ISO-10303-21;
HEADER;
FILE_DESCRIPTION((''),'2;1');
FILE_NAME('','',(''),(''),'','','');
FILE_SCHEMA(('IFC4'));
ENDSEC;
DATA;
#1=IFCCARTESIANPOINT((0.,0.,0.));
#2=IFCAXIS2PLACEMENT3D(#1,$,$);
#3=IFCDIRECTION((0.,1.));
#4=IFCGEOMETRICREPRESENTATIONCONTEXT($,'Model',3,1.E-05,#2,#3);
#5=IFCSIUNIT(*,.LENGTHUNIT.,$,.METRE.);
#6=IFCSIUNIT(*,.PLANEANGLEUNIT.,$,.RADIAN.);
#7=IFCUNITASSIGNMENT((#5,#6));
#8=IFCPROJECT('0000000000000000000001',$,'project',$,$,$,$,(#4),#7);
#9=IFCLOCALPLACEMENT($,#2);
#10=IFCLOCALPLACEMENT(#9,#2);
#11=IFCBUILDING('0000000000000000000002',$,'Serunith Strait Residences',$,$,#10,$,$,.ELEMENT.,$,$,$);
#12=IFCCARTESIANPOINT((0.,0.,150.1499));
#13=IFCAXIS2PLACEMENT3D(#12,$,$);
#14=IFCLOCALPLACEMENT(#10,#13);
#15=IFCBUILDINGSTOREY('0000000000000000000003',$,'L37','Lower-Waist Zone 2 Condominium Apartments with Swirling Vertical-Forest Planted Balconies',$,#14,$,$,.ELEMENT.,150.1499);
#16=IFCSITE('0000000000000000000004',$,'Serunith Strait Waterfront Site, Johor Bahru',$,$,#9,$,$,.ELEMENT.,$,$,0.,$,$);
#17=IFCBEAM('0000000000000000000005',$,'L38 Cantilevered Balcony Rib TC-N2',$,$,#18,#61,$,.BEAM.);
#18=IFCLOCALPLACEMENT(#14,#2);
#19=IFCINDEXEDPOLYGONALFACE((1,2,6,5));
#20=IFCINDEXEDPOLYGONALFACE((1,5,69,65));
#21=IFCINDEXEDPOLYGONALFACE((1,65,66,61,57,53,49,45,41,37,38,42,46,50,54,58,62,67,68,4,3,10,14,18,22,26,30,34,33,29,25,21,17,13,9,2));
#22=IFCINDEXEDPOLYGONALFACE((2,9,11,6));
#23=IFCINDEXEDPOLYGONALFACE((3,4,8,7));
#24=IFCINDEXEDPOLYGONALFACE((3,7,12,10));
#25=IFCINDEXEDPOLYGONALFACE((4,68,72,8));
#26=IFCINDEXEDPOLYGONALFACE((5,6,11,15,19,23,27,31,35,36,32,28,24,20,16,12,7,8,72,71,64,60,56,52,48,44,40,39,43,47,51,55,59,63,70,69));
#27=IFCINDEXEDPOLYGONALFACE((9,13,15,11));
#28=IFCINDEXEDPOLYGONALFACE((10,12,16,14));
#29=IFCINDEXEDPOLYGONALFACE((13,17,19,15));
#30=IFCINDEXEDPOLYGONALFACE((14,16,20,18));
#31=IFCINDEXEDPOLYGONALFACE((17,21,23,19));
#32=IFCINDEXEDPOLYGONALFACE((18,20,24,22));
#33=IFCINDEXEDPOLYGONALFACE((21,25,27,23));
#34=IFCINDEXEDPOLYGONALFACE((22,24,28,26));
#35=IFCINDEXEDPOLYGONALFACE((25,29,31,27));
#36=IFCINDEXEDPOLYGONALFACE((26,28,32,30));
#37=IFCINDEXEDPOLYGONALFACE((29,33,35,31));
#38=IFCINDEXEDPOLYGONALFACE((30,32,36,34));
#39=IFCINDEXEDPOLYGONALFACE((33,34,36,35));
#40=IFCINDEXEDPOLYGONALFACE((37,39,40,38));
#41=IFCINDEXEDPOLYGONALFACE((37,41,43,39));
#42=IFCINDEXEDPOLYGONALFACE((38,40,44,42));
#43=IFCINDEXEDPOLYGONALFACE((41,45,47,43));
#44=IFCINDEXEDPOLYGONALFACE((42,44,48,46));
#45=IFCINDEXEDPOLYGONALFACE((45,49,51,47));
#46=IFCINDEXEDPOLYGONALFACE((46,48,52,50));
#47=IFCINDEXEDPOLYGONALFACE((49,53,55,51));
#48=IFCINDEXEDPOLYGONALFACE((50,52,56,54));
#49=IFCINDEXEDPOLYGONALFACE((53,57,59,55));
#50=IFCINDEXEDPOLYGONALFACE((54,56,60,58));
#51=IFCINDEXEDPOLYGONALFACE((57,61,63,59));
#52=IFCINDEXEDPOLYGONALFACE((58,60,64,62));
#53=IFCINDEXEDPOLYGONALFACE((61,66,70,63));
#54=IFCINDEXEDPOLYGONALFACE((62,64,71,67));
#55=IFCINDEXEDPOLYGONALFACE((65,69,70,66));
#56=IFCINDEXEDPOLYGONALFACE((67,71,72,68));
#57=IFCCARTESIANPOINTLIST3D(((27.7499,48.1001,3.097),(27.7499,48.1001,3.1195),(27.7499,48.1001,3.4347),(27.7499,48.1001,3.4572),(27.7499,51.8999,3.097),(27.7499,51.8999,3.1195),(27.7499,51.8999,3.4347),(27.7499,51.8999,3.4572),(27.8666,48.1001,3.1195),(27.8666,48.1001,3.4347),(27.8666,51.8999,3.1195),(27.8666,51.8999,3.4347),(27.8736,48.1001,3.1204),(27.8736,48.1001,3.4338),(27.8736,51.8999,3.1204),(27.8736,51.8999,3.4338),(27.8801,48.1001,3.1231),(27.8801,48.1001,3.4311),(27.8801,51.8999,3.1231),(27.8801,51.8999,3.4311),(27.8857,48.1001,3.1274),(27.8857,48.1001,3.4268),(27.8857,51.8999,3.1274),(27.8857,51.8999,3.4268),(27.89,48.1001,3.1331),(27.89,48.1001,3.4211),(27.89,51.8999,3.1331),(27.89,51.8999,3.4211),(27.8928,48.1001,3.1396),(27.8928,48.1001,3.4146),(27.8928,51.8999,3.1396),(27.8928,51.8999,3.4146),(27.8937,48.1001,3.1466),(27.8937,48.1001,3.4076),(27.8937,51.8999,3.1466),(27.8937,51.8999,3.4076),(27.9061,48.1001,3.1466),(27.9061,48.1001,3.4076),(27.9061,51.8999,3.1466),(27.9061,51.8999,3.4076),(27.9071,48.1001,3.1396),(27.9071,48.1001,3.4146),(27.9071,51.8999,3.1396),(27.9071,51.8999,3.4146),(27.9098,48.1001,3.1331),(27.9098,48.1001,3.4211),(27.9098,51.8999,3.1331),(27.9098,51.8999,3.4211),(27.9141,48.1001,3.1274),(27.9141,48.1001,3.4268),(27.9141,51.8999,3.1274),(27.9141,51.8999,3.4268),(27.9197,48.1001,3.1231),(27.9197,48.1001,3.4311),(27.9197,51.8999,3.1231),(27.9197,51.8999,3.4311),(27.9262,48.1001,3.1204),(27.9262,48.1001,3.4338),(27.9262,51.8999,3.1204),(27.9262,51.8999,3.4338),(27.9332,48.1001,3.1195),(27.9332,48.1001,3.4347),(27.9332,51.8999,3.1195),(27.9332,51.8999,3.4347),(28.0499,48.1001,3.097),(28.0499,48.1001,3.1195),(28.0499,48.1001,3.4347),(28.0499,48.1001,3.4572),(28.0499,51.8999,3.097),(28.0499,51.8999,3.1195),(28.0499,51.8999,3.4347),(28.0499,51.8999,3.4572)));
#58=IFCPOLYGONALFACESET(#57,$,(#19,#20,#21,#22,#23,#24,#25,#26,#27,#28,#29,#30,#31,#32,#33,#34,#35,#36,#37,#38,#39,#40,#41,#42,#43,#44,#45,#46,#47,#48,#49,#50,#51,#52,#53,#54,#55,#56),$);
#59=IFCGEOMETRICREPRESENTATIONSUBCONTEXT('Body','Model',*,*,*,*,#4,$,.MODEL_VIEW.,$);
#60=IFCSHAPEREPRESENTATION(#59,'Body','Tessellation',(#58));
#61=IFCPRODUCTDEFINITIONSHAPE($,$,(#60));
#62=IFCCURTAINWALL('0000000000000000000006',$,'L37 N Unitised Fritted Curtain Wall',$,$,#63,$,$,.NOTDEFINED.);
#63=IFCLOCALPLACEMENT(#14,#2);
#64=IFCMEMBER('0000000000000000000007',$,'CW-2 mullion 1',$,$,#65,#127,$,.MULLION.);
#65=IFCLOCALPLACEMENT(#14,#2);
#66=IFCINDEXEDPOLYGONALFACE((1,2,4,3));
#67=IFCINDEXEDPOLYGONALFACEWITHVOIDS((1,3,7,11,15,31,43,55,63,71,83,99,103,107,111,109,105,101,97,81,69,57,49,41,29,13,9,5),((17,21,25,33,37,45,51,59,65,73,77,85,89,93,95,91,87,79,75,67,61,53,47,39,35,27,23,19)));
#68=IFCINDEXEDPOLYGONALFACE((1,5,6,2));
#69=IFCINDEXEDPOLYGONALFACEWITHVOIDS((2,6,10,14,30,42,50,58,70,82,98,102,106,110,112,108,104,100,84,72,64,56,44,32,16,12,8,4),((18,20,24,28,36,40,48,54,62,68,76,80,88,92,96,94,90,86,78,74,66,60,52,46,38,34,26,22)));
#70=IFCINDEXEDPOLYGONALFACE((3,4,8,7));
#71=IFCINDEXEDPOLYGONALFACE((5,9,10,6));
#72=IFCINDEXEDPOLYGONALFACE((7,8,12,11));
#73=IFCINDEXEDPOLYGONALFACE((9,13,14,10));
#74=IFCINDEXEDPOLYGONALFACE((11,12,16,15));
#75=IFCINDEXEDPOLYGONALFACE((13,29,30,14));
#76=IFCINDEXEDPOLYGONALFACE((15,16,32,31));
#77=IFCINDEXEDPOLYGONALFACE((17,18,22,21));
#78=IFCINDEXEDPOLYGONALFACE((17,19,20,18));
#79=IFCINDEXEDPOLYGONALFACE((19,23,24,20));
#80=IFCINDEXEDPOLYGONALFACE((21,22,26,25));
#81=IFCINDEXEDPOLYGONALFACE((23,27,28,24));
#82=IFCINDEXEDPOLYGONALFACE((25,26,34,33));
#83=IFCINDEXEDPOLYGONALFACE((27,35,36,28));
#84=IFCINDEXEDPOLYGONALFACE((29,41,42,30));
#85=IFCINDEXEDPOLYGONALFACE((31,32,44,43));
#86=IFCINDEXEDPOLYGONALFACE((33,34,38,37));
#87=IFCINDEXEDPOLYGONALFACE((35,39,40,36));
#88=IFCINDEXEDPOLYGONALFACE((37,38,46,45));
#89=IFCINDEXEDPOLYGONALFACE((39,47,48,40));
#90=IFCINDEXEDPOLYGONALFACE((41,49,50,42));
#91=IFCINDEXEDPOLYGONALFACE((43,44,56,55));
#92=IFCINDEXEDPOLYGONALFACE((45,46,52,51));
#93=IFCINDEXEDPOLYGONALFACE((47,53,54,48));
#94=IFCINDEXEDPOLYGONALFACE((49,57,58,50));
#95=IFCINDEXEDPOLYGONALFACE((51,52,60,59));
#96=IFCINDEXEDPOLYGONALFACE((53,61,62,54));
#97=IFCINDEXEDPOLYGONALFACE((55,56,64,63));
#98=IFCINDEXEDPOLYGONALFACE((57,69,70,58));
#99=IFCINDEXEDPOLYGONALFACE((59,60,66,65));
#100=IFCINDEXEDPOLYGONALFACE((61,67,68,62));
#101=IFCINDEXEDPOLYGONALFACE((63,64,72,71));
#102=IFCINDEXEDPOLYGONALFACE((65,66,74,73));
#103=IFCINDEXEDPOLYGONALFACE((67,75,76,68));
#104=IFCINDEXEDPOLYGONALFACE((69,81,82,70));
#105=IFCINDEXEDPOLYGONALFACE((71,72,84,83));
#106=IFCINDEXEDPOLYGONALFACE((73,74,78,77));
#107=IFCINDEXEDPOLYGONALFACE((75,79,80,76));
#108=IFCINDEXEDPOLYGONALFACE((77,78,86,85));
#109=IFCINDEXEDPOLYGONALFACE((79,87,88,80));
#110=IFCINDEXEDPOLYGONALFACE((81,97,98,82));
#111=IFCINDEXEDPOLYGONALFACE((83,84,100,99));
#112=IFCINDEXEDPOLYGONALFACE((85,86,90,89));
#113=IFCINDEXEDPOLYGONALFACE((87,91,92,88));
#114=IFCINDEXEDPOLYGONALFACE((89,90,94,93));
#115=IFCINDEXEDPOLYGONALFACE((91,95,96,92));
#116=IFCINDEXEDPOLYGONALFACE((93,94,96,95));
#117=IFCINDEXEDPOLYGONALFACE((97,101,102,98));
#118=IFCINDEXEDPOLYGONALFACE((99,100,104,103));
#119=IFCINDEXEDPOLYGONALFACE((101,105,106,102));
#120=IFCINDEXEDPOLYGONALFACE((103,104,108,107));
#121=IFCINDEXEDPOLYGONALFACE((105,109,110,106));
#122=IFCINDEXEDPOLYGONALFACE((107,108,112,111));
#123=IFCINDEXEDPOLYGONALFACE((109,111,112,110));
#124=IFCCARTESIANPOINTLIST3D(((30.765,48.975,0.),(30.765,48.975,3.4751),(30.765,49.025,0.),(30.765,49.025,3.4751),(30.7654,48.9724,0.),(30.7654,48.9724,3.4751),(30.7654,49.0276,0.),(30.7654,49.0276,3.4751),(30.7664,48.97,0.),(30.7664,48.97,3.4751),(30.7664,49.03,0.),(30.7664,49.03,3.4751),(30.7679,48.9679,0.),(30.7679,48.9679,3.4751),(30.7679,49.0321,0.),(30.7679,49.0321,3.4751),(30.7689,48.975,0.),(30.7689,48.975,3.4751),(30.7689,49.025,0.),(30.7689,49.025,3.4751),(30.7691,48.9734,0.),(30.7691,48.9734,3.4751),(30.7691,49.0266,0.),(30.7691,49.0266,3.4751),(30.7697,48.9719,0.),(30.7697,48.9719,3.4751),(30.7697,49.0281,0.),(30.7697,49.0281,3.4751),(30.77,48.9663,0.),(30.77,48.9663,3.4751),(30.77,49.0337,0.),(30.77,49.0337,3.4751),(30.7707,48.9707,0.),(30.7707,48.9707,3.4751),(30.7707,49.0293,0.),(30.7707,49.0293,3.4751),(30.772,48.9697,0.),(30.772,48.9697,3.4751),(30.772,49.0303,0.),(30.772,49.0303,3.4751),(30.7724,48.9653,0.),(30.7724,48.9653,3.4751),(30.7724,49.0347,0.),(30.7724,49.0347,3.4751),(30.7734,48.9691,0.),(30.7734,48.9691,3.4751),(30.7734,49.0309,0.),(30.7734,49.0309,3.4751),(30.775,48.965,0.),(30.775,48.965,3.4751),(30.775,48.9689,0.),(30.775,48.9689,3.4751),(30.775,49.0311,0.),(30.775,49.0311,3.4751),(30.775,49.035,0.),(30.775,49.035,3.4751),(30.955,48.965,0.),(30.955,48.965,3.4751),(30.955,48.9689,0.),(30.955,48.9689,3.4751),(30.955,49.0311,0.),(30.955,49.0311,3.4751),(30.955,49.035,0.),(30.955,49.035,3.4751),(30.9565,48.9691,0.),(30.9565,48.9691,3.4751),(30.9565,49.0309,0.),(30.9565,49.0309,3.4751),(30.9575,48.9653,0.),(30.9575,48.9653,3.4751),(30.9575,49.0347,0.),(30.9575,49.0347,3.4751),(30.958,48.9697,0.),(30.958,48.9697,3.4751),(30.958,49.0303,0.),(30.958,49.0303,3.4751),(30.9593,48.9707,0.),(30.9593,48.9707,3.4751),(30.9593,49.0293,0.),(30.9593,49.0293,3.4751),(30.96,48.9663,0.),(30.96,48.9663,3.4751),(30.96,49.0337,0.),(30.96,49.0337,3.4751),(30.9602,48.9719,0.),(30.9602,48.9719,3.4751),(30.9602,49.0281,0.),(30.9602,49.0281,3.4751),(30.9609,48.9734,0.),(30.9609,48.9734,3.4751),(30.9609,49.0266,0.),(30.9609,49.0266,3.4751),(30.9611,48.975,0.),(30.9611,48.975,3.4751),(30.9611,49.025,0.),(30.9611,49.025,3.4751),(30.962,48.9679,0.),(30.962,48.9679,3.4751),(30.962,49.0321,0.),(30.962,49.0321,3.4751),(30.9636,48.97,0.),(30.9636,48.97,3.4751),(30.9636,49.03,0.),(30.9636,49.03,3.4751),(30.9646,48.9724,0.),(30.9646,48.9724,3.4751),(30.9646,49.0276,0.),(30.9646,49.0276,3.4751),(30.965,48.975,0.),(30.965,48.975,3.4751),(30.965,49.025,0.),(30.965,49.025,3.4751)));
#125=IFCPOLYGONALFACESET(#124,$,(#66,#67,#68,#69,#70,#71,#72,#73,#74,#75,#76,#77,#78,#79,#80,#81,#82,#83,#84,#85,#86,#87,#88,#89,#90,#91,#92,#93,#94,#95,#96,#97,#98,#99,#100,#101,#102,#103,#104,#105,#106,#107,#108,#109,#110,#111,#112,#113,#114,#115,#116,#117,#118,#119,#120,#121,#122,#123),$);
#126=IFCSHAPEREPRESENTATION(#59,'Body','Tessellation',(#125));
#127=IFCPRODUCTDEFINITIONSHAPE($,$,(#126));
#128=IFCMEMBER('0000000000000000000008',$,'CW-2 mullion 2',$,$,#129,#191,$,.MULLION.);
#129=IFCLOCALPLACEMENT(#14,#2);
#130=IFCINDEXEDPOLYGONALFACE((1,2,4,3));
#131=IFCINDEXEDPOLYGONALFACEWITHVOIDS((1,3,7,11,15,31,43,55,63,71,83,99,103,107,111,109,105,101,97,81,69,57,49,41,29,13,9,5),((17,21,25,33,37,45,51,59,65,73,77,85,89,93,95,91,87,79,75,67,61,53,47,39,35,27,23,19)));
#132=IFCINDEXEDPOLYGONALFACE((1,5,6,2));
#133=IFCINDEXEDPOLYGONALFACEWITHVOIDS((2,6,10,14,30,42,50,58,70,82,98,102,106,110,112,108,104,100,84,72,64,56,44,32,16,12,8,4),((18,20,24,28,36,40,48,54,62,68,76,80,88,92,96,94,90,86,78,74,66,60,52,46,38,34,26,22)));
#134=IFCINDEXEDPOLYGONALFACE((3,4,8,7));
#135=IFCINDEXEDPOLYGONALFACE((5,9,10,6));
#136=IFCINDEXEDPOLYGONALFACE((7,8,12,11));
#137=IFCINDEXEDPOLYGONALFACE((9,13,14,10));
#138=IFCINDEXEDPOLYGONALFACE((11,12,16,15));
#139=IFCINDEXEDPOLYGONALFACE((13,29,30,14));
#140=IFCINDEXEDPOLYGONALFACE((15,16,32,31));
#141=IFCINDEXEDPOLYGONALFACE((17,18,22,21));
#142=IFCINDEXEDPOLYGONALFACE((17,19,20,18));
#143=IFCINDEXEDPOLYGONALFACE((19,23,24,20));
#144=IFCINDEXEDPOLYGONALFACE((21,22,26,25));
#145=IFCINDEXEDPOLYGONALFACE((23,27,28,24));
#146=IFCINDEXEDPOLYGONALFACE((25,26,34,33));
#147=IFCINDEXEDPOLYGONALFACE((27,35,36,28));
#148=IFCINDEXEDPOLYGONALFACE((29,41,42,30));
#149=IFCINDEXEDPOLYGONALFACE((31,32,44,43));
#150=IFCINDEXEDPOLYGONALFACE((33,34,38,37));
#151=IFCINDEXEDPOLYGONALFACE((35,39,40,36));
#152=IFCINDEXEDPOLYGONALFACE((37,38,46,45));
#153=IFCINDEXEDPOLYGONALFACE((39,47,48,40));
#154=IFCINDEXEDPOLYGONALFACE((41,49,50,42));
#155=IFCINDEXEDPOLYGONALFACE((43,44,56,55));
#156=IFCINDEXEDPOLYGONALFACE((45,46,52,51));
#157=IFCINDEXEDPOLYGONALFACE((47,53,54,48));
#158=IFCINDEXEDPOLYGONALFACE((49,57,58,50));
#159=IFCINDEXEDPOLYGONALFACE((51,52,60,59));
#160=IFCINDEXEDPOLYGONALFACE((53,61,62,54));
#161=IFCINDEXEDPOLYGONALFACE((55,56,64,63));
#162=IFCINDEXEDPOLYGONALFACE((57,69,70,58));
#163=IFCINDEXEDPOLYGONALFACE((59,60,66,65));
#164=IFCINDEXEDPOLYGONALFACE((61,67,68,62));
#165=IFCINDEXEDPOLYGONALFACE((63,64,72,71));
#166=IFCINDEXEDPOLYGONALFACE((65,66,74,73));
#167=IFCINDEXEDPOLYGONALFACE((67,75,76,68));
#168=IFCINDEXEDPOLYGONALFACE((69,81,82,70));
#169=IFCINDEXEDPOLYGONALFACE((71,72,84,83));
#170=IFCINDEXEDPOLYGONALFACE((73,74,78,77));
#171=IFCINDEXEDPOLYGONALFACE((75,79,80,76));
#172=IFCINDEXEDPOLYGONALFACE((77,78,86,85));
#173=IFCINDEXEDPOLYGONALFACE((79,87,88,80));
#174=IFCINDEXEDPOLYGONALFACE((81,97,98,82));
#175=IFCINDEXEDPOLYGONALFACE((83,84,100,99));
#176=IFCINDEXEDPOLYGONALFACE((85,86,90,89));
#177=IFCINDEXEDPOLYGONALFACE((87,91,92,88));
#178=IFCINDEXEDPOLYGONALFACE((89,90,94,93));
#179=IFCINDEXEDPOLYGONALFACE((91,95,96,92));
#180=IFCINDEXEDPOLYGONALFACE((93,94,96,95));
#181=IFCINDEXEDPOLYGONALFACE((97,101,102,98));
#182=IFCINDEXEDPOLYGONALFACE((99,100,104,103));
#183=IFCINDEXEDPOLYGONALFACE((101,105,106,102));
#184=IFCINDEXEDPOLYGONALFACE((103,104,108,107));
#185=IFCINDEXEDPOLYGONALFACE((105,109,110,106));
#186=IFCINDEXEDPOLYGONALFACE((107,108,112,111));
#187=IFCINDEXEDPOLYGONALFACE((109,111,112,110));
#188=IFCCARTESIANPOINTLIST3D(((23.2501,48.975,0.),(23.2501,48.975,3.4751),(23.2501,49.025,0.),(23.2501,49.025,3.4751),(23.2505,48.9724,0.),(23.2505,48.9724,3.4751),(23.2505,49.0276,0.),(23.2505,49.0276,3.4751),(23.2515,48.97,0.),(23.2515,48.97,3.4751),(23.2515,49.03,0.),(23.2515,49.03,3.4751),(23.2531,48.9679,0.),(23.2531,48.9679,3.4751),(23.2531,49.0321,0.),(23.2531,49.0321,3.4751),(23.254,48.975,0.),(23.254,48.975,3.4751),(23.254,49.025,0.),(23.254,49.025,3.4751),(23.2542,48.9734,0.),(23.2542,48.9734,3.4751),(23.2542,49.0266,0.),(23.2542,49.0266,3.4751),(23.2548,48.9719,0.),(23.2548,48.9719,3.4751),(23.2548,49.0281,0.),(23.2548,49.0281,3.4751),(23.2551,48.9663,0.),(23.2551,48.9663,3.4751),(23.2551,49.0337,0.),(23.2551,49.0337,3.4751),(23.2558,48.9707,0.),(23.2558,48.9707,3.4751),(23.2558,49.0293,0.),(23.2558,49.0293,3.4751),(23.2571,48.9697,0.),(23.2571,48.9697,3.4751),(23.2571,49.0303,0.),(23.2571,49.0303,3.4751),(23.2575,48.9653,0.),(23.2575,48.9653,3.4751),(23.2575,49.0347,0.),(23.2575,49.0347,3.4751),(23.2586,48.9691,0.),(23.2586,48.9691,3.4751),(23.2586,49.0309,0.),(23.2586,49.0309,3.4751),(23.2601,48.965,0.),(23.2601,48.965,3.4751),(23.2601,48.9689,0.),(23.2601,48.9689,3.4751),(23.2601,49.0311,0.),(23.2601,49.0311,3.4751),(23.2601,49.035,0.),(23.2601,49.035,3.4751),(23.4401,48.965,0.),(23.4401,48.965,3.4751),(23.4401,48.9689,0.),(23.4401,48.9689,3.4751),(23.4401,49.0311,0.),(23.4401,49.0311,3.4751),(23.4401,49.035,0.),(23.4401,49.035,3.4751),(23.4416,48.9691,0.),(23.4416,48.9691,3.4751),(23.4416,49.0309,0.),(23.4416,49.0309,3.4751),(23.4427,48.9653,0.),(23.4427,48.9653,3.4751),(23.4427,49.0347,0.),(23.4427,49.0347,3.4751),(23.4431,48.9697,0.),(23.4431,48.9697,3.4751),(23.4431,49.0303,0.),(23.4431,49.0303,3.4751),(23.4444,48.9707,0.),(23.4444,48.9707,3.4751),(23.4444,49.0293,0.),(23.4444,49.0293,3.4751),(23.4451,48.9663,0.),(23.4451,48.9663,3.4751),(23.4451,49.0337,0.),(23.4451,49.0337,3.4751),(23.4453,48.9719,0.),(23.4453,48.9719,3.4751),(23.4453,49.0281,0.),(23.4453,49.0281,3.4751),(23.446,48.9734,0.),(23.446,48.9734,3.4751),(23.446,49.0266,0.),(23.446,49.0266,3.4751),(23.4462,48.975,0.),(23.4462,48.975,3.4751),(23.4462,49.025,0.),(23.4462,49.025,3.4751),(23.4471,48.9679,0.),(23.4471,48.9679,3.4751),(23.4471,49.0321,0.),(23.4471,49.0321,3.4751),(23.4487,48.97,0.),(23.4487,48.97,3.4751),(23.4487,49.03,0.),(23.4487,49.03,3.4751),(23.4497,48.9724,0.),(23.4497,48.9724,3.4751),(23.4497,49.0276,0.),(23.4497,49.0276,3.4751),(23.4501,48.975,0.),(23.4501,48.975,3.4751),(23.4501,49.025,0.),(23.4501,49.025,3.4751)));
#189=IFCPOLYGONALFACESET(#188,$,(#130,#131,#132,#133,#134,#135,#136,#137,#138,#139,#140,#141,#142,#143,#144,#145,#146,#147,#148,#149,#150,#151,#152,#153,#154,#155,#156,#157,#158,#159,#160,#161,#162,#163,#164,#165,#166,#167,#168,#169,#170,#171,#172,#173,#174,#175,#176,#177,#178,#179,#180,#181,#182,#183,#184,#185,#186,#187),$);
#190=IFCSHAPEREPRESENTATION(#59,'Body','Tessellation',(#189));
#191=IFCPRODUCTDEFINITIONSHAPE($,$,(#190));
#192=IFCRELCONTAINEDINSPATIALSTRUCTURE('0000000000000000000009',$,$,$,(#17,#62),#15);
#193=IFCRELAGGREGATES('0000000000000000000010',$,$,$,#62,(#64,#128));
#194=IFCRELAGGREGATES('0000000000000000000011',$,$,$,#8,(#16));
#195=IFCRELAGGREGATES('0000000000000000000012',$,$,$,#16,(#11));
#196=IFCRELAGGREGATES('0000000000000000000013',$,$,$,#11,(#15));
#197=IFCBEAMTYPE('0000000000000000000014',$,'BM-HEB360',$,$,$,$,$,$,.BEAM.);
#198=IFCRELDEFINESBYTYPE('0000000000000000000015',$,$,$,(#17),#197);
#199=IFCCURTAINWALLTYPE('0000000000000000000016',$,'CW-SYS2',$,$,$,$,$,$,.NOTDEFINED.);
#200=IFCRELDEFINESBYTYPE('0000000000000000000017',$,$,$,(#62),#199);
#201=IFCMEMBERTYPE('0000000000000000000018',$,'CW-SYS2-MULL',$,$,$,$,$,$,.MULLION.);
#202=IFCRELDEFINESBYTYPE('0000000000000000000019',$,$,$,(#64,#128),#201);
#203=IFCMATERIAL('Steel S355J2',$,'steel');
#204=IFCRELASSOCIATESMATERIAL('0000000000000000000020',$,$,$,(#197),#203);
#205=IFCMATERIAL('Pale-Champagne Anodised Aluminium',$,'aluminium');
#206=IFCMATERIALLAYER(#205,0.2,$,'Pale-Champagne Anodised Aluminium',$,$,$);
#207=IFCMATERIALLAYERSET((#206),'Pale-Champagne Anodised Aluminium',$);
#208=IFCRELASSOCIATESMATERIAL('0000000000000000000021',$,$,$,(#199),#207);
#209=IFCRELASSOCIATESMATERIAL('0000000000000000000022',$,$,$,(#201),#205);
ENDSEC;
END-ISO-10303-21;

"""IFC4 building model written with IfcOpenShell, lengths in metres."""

from ifc_helpers import new_model, si_unit, direction, frame, origin, origin_2d, place, context, subcontext, project, spatial, hollow_rectangle, i_section, extrude, source, transform, mapped, material, layer, layer_set, material_profile, profile_set, type_object, element, aggregate, save


model = new_model("IFC4")

# Units and contexts
model_context = context("Model", 3, precision=1e-05, world=origin(), true_north=direction((0.0, 1.0)))
body_context = subcontext(model_context, "Body", "Model", "MODEL_VIEW")
ifc_project = project(units=[si_unit("LENGTHUNIT", "METRE"), si_unit("PLANEANGLEUNIT", "RADIAN")], contexts=[model_context])

# Site, building, storey
site_placement = place(None, origin())
site = spatial("IfcSite", under=ifc_project, at=site_placement, Name="Serunith Strait Waterfront Site, Johor Bahru", CompositionType="ELEMENT", RefElevation=0.0)
building_placement = place(site_placement, origin())
building = spatial("IfcBuilding", under=site, at=building_placement, Name="Serunith Strait Residences", CompositionType="ELEMENT")
storey_placement = place(building_placement, frame((0.0, 0.0, 150.1499)))
storey = spatial("IfcBuildingStorey", under=building, at=storey_placement, Name="L37", Description="Lower-Waist Zone 2 Condominium Apartments with Swirling Vertical-Forest Planted Balconies", CompositionType="ELEMENT", Elevation=150.1499)

# Beam
ifc_material_1 = material(Name="Steel S355J2", Category="steel")
ifc_material_profile_1 = material_profile(ifc_material_1, i_section(OverallWidth=0.3, OverallDepth=0.3601, WebThickness=0.0125, FlangeThickness=0.0225, FilletRadius=0.0271, at=origin_2d()), Name="HEB 360")
ifc_profile_set_1 = profile_set([ifc_material_profile_1], Name="Steel S355J2")
beam_type_1 = type_object("IfcBeamType", Name="BM-HEB360", PredefinedType="BEAM", material=ifc_profile_set_1)
shared_shape_1 = source(origin(), body_context, "Body", "SweptSolid", [
    extrude(i_section(OverallWidth=0.3, OverallDepth=0.3601, WebThickness=0.0125, FlangeThickness=0.0225, FilletRadius=0.0271, at=origin_2d()), origin(), (0.0, 0.0, 1.0), 3.7998),
])
beam_1_placement = place(storey_placement, frame((27.8999, 48.1001, 3.2771), z_axis=(0.0, 1.0, 0.0), x_axis=(-1.0, 0.0, 0.0)))
element("IfcBeam", 1, at=beam_1_placement, inside=storey, type_object=beam_type_1, Name="L38 Cantilevered Balcony Rib TC-N2", PredefinedType="BEAM", context=body_context, shape_type="MappedRepresentation", body=[
    mapped(shared_shape_1, transform((0.0, 0.0, 0.0), scale=1.0)),
])

# Curtain wall, members
ifc_material_2 = material(Name="Pale-Champagne Anodised Aluminium", Category="aluminium")
ifc_layer_1 = layer(ifc_material_2, 0.2, Name="Pale-Champagne Anodised Aluminium")
ifc_layer_set_1 = layer_set([ifc_layer_1], Name="Pale-Champagne Anodised Aluminium")
curtain_wall_type = type_object("IfcCurtainWallType", Name="CW-SYS2", PredefinedType="NOTDEFINED", material=ifc_layer_set_1)
curtain_wall_placement = place(storey_placement, origin())
curtain_wall = element("IfcCurtainWall", 2, at=curtain_wall_placement, inside=storey, type_object=curtain_wall_type, Name="L37 N Unitised Fritted Curtain Wall", PredefinedType="NOTDEFINED")
ifc_material_profile_2 = material_profile(ifc_material_2, hollow_rectangle(XDim=0.0701, YDim=0.2, WallThickness=0.0039, InnerFilletRadius=0.0061, OuterFilletRadius=0.01, at=origin_2d()), Name="ALU 200x70x4")
ifc_profile_set_2 = profile_set([ifc_material_profile_2], Name="Pale-Champagne Anodised Aluminium")
member_type_1 = type_object("IfcMemberType", Name="CW-SYS2-MULL", PredefinedType="MULLION", material=ifc_profile_set_2)
shared_shape_2 = source(origin(), body_context, "Body", "SweptSolid", [
    extrude(hollow_rectangle(XDim=0.0701, YDim=0.2, WallThickness=0.0039, InnerFilletRadius=0.0061, OuterFilletRadius=0.01, at=origin_2d()), origin(), (0.0, 0.0, 1.0), 3.4751),
])
member_1_placement = place(storey_placement, frame((30.865, 49.0, 0.0), z_axis=(0.0, 0.0, 1.0), x_axis=(0.0, -1.0, 0.0)))
member_1 = element("IfcMember", 3, at=member_1_placement, type_object=member_type_1, Name="CW-2 mullion 1", PredefinedType="MULLION", context=body_context, shape_type="MappedRepresentation", body=[
    mapped(shared_shape_2, transform((0.0, 0.0, 0.0), scale=1.0)),
])
member_2_placement = place(storey_placement, frame((23.3501, 49.0, 0.0), z_axis=(0.0, 0.0, 1.0), x_axis=(0.0, -1.0, 0.0)))
member_2 = element("IfcMember", 4, at=member_2_placement, type_object=member_type_1, Name="CW-2 mullion 2", PredefinedType="MULLION", context=body_context, shape_type="MappedRepresentation", body=[
    mapped(shared_shape_2, transform((0.0, 0.0, 0.0), scale=1.0)),
])
aggregate(curtain_wall, [member_1, member_2])

save(model, "model.ifc")
